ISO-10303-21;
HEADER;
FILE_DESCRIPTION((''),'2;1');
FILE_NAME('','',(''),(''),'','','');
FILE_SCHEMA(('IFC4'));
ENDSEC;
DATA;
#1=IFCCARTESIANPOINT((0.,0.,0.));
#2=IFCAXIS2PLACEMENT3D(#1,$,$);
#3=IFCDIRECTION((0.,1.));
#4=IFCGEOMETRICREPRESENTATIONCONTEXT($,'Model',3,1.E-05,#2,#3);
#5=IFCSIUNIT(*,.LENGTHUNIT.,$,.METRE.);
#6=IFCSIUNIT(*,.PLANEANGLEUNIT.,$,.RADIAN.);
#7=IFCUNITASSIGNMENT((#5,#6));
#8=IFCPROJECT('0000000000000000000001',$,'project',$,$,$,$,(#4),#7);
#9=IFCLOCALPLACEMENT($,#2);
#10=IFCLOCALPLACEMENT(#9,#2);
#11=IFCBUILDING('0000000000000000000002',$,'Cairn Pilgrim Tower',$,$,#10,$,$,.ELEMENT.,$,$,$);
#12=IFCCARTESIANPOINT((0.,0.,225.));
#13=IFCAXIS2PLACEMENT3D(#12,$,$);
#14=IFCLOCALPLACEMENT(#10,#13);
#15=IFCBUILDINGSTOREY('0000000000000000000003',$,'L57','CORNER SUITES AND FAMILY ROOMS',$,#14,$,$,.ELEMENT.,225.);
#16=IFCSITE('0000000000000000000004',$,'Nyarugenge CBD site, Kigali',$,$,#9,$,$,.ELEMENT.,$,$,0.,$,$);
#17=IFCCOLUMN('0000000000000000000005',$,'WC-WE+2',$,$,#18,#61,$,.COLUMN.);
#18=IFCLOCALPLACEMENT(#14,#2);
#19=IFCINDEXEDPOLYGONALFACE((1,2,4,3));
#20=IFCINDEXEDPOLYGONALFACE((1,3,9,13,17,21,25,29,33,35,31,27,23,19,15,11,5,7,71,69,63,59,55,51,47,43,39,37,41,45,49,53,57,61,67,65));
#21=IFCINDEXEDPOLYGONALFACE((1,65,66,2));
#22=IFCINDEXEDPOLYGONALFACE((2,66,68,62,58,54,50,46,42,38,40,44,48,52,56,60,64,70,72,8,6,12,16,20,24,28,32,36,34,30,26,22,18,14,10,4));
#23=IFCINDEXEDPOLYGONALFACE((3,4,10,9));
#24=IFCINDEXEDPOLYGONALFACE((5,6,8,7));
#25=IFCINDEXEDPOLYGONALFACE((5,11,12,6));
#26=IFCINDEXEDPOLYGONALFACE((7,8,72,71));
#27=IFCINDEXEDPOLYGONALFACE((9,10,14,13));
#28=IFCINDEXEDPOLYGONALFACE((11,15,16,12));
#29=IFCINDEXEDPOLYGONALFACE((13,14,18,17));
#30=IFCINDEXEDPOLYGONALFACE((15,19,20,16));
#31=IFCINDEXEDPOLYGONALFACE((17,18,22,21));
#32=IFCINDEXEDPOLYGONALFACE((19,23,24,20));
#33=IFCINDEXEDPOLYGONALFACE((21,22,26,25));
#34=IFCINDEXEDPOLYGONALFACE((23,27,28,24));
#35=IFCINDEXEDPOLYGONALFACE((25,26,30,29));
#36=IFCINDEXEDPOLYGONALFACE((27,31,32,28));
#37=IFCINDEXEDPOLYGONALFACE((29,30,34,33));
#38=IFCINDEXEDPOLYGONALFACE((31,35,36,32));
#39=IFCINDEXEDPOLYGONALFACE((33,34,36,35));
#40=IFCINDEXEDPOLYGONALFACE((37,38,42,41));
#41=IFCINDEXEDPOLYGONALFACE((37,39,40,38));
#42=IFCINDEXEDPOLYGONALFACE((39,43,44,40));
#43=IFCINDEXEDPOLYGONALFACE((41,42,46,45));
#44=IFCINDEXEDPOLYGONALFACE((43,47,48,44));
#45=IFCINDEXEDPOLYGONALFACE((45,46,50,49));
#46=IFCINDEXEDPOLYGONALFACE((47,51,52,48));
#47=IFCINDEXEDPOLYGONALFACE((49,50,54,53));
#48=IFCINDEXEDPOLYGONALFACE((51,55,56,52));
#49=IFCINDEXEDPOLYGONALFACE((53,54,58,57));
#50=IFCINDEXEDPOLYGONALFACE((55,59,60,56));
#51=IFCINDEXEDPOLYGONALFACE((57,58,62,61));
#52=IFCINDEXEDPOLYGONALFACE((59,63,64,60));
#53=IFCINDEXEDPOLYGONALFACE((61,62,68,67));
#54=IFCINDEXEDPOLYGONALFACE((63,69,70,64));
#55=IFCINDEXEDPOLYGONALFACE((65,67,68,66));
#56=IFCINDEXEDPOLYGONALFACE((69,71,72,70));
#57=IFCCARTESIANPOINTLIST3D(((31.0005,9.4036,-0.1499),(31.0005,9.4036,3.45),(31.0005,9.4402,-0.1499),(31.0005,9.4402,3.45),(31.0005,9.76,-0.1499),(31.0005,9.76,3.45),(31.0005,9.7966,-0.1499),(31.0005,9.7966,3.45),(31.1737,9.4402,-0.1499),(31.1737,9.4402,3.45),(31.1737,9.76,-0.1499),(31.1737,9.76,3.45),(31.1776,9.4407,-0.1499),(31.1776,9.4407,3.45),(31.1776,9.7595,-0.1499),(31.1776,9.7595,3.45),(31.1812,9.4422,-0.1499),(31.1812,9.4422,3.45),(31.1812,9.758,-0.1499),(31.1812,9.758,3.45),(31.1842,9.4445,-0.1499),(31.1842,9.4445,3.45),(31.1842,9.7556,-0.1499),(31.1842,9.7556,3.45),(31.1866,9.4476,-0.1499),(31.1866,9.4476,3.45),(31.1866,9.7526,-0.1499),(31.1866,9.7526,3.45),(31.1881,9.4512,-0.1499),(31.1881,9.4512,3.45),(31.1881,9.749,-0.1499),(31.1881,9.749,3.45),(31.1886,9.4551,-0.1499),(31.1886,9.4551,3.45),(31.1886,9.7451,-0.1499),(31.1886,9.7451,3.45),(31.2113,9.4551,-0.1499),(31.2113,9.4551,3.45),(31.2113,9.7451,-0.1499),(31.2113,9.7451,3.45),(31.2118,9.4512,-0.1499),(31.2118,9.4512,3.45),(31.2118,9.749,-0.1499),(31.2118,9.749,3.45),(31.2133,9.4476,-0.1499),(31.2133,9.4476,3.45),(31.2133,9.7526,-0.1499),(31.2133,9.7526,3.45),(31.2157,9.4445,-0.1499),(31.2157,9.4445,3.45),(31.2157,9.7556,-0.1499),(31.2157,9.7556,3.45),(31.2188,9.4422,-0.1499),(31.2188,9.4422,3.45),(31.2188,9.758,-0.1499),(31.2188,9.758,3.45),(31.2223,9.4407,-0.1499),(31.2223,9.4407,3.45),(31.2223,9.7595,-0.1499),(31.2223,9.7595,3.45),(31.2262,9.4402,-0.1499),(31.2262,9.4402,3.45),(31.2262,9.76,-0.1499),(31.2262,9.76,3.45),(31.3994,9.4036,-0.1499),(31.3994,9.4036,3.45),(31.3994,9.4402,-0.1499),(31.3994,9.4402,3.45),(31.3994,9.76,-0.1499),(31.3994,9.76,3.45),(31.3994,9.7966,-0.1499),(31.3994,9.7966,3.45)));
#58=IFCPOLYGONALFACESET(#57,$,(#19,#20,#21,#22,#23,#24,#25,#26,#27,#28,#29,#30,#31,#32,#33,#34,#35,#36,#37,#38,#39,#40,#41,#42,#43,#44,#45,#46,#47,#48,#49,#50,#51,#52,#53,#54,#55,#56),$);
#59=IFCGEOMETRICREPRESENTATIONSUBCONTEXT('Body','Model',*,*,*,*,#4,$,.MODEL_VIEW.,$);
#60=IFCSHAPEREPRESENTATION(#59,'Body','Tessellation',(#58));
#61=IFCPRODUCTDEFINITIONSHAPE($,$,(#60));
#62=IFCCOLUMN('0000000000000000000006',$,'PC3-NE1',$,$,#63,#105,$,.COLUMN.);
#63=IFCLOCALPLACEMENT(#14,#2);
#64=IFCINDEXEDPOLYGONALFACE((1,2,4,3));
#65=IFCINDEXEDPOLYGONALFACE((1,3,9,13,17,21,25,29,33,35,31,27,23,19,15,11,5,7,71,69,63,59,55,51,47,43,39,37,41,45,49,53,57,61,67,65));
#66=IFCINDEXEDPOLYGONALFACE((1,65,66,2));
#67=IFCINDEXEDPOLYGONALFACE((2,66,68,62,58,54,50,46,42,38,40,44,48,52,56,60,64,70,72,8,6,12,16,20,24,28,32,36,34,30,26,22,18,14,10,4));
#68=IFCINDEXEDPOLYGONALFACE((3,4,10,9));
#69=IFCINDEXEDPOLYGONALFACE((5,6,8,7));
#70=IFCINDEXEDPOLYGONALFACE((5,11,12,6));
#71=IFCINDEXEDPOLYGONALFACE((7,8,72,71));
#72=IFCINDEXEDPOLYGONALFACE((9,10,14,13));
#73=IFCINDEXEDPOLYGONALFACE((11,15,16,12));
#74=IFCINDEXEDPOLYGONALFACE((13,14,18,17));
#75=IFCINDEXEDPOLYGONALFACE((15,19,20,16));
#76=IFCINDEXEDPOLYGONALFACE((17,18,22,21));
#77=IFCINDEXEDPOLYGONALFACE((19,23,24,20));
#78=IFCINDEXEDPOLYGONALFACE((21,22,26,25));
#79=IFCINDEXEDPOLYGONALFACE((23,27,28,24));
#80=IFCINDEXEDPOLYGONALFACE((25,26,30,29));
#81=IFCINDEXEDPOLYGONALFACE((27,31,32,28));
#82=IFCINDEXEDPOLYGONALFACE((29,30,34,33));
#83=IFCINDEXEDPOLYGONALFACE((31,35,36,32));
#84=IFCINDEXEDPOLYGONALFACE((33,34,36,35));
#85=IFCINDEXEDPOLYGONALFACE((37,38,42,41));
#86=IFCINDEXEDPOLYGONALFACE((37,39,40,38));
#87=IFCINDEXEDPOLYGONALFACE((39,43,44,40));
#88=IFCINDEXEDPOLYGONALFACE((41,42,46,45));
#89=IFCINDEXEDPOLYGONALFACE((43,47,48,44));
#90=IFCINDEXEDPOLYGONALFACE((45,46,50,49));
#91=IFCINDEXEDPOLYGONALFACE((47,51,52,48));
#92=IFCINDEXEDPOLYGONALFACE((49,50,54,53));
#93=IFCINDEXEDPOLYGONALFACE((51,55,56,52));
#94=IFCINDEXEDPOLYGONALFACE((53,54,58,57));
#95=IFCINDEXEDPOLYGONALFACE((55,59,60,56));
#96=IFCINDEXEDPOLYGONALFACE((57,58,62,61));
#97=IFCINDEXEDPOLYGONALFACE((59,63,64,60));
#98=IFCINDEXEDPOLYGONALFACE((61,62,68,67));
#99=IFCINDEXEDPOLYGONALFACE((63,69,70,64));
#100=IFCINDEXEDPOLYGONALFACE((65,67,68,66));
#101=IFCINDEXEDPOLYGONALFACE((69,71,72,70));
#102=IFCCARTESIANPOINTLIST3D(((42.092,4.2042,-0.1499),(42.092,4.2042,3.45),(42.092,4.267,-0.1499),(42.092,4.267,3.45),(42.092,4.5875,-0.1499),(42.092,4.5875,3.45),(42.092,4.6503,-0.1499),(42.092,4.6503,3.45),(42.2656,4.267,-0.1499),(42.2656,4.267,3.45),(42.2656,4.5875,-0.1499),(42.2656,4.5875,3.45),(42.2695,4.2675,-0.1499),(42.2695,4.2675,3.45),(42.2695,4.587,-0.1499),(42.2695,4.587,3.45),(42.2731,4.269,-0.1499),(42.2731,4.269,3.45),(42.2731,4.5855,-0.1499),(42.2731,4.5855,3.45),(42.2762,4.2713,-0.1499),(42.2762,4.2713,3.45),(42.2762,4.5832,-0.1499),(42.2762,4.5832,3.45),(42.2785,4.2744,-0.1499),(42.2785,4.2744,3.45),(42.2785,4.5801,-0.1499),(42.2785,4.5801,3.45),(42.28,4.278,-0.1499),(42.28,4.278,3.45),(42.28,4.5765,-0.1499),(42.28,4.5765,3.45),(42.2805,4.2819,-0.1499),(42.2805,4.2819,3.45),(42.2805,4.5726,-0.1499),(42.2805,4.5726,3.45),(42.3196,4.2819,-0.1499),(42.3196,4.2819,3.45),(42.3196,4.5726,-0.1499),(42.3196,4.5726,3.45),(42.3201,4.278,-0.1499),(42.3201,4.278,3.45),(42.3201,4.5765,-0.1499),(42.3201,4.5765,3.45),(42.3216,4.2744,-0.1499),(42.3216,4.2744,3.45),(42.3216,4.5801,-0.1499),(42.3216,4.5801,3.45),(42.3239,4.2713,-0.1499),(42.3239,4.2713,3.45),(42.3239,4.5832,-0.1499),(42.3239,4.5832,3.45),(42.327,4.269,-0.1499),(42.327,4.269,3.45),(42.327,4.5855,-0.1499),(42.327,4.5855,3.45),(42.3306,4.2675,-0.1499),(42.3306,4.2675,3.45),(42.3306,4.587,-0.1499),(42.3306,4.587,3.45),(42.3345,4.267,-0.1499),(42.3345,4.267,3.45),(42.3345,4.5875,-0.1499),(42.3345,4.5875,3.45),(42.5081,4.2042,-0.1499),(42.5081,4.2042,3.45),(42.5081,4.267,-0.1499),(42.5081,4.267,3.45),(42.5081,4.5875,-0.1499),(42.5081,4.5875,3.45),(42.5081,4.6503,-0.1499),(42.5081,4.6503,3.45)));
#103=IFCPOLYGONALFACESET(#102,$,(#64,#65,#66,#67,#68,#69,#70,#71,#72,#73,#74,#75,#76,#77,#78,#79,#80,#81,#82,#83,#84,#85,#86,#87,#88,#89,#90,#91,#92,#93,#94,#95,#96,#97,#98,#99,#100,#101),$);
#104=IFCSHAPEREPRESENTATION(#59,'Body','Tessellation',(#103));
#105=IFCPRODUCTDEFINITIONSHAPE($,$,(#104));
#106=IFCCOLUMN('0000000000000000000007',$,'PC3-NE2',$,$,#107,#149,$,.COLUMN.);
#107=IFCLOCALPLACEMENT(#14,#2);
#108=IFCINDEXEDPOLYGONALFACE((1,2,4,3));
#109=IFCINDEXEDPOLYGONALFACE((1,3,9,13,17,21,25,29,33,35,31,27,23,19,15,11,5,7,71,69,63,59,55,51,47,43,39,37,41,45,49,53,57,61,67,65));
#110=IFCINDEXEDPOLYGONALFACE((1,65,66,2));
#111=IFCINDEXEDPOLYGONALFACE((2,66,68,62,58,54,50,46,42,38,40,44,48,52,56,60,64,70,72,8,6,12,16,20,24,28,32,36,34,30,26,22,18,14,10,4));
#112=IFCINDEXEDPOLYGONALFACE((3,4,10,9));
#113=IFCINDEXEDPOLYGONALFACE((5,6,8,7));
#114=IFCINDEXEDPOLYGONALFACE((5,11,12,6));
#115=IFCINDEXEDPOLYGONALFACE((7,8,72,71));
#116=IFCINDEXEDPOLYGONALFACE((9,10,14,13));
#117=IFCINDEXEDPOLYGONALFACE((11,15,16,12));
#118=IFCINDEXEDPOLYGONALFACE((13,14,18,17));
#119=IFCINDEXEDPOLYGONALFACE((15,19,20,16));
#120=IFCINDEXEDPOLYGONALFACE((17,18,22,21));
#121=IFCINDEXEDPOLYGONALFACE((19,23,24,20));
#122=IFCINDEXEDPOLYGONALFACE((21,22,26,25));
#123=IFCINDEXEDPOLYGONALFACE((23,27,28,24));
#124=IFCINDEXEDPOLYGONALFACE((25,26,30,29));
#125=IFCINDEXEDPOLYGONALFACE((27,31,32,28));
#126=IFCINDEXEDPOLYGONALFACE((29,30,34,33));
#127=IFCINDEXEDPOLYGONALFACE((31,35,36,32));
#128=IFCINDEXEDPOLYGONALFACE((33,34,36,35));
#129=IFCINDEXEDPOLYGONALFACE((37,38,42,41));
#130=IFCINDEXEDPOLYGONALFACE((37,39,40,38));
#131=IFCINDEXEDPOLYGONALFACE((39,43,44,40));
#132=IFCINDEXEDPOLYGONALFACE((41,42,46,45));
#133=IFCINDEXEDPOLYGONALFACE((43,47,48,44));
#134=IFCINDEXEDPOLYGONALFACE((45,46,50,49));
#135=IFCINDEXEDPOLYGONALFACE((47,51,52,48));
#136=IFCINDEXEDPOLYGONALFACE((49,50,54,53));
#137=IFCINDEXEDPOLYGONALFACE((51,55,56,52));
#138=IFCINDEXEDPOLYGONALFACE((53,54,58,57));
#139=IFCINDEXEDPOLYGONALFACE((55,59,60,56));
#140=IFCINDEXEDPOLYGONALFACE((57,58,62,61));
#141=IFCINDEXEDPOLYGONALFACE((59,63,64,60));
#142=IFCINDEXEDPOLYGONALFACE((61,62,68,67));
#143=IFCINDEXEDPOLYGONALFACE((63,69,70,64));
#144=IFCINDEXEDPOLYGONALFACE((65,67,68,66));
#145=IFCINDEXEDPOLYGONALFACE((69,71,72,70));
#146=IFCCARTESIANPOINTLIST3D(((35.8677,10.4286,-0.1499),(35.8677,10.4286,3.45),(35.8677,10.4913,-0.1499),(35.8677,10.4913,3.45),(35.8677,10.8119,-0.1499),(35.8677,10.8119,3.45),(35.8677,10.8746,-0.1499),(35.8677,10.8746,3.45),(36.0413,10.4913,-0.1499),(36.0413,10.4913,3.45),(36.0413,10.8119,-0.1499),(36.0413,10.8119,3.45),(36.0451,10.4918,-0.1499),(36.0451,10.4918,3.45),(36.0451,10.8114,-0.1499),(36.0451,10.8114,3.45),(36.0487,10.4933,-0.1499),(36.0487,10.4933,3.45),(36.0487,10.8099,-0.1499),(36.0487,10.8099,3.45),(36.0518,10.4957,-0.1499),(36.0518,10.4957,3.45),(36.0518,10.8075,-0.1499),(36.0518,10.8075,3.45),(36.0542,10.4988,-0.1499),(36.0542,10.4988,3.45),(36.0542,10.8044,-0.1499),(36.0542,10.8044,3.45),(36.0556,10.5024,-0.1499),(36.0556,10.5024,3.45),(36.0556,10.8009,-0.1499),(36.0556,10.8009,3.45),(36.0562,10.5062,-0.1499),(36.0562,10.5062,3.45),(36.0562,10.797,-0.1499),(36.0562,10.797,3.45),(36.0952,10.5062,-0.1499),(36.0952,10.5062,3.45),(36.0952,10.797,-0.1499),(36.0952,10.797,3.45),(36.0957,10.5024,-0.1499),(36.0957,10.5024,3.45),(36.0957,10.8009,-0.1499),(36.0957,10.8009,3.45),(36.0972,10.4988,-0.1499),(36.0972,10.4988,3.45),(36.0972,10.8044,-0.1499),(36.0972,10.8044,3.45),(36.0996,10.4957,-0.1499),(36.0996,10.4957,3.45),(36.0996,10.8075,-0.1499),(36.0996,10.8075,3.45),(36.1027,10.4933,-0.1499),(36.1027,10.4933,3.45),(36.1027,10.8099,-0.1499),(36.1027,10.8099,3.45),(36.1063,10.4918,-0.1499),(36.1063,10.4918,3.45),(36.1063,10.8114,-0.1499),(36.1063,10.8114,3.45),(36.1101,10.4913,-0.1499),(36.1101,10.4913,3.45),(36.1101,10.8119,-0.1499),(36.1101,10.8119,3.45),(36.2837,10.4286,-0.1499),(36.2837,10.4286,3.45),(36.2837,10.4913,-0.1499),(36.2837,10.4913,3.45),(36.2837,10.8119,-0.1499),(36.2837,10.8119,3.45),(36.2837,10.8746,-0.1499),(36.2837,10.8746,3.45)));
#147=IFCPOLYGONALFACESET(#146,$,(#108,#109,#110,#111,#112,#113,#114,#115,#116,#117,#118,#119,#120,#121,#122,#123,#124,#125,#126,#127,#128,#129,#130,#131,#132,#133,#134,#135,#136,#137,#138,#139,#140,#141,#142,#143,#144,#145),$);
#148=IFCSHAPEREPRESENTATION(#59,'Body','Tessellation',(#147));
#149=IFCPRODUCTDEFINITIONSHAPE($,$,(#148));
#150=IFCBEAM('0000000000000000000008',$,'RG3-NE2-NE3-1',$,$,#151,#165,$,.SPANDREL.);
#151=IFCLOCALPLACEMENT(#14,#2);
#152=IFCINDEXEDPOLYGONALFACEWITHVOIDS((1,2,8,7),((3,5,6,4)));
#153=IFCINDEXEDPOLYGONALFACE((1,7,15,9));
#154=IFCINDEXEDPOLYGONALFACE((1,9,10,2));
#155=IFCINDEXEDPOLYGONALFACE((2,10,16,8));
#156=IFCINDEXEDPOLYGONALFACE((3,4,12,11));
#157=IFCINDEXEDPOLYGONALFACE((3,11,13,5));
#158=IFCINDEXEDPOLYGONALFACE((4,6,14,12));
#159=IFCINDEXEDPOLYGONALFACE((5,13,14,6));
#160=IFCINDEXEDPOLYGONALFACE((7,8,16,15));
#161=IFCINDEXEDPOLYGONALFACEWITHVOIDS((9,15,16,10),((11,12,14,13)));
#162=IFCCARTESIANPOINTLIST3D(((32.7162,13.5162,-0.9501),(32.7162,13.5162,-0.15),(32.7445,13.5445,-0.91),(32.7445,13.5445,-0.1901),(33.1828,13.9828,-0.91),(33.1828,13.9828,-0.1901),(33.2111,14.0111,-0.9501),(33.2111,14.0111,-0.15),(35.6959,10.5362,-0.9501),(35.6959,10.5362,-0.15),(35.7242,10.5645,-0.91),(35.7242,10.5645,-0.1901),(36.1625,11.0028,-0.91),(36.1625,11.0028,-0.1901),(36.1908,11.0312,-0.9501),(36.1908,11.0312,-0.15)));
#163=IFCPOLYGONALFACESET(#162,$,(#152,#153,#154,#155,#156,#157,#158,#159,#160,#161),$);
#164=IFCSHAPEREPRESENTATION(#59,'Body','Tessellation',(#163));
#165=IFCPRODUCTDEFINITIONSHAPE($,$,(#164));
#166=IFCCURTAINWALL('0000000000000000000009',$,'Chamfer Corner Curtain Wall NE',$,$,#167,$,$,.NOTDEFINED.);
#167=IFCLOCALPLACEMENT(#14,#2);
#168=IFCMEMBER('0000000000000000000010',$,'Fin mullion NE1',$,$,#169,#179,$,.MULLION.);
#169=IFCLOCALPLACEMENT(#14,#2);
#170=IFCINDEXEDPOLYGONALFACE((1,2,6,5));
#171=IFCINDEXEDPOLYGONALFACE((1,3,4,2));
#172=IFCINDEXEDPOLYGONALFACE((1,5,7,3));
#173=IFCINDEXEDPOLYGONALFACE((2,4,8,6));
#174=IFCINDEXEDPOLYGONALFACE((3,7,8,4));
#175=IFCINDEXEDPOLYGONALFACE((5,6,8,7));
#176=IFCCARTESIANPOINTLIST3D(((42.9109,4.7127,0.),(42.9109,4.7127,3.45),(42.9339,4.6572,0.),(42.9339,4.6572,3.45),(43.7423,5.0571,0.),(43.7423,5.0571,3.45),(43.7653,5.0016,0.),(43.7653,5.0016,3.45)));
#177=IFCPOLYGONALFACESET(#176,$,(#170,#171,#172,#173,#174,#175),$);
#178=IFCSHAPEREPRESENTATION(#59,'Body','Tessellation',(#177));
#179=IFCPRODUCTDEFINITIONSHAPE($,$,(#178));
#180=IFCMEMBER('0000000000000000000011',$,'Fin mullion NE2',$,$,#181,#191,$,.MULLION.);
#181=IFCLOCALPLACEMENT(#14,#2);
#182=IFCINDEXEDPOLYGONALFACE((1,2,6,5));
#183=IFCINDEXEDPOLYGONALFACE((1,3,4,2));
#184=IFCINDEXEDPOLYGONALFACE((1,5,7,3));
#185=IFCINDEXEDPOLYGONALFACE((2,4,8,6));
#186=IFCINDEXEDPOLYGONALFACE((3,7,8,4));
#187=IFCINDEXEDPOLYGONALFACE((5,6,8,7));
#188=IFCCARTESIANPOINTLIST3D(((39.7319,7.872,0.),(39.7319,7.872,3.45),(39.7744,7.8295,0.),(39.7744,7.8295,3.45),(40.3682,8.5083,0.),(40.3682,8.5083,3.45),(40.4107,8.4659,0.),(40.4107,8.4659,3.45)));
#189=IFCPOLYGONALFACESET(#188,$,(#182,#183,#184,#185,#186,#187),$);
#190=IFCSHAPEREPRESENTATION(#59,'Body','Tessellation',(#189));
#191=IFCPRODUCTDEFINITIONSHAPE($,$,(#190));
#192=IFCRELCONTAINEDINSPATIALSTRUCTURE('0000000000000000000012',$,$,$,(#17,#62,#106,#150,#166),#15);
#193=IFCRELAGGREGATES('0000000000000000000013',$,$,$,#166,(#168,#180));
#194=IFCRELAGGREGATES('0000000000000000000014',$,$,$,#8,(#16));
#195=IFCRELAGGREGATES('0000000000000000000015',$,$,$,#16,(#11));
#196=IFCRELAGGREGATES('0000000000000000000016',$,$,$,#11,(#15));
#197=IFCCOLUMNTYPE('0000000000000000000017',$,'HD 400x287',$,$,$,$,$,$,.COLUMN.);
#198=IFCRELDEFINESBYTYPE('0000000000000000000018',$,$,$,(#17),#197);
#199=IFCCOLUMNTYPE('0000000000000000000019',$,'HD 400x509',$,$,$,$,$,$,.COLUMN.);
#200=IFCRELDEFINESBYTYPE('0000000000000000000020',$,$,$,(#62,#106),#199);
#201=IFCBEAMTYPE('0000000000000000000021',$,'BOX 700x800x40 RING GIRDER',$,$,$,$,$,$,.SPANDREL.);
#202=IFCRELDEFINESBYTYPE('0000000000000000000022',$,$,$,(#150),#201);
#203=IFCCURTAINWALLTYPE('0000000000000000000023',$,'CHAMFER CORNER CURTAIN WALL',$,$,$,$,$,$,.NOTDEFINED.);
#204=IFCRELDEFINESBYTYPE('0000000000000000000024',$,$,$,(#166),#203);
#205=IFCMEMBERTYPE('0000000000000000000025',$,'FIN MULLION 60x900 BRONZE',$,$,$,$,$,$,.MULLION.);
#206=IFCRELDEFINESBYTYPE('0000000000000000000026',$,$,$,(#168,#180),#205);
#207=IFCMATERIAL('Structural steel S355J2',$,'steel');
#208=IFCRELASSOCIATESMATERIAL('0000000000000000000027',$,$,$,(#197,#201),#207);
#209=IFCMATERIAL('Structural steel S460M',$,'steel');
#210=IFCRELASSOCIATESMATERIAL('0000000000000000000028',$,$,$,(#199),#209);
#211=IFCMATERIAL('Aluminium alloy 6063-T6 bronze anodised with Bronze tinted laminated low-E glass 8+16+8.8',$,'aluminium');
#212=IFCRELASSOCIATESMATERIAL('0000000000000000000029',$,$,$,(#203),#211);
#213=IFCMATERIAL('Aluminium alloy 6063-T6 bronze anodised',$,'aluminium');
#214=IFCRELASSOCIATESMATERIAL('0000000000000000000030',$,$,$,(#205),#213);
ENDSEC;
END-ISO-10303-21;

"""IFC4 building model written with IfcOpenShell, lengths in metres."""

from ifc_helpers import new_model, si_unit, direction, frame, origin, origin_2d, place, context, subcontext, project, spatial, rectangle, hollow_rectangle, i_section, extrude, material, material_profile, profile_set, type_object, element, aggregate, save


model = new_model("IFC4")

# Units and contexts
model_context = context("Model", 3, precision=1e-05, world=origin(), true_north=direction((0.0, 1.0)))
body_context = subcontext(model_context, "Body", "Model", "MODEL_VIEW")
ifc_project = project(units=[si_unit("LENGTHUNIT", "METRE"), si_unit("PLANEANGLEUNIT", "RADIAN")], contexts=[model_context])

# Site, building, storey
site_placement = place(None, origin())
site = spatial("IfcSite", under=ifc_project, at=site_placement, Name="Nyarugenge CBD site, Kigali", CompositionType="ELEMENT", RefElevation=0.0)
building_placement = place(site_placement, origin())
building = spatial("IfcBuilding", under=site, at=building_placement, Name="Cairn Pilgrim Tower", CompositionType="ELEMENT")
storey_placement = place(building_placement, frame((0.0, 0.0, 225.0)))
storey = spatial("IfcBuildingStorey", under=building, at=storey_placement, Name="L57", Description="CORNER SUITES AND FAMILY ROOMS", CompositionType="ELEMENT", Elevation=225.0)

# Columns
ifc_material_1 = material(Name="Structural steel S355J2", Category="steel")
ifc_material_profile_1 = material_profile(ifc_material_1, i_section(OverallWidth=0.3989, OverallDepth=0.3931, WebThickness=0.0227, FlangeThickness=0.0366, FilletRadius=0.0149, at=origin_2d()), Name="HD 400x287")
ifc_profile_set_1 = profile_set([ifc_material_profile_1], Name="Structural steel S355J2")
column_type_1 = type_object("IfcColumnType", Name="HD 400x287", PredefinedType="COLUMN", material=ifc_profile_set_1)
column_placement = place(storey_placement, frame((31.2, 9.6001, -0.1499), z_axis=(0.0, 0.0, 1.0), x_axis=(1.0, 0.0, 0.0)))
element("IfcColumn", 1, at=column_placement, inside=storey, type_object=column_type_1, Name="WC-WE+2", PredefinedType="COLUMN", context=body_context, shape_type="SweptSolid", body=[
    extrude(i_section(OverallWidth=0.3989, OverallDepth=0.3931, WebThickness=0.0227, FlangeThickness=0.0366, FilletRadius=0.0149, at=origin_2d()), origin(), (0.0, 0.0, 1.0), 3.5999),
])
ifc_material_2 = material(Name="Structural steel S460M", Category="steel")
ifc_material_profile_2 = material_profile(ifc_material_2, i_section(OverallWidth=0.416, OverallDepth=0.446, WebThickness=0.0391, FlangeThickness=0.0627, FilletRadius=0.0149, at=origin_2d()), Name="HD 400x509")
ifc_profile_set_2 = profile_set([ifc_material_profile_2], Name="Structural steel S460M")
column_type_2 = type_object("IfcColumnType", Name="HD 400x509", PredefinedType="COLUMN", material=ifc_profile_set_2)
for number, where, z_axis, x_axis, name in (
    (2, (42.3, 4.4272, -0.1499), (0.0, 0.0, 1.0), (1.0, 0.0, 0.0), "PC3-NE1"),
    (3, (36.0757, 10.6516, -0.1499), (0.0, 0.0, 1.0), (1.0, 0.0, 0.0), "PC3-NE2"),
):
    element("IfcColumn", number, at=place(storey_placement, frame(where, z_axis=z_axis, x_axis=x_axis)), inside=storey, type_object=column_type_2, Name=name, PredefinedType="COLUMN", context=body_context, shape_type="SweptSolid", body=[
        extrude(i_section(OverallWidth=0.416, OverallDepth=0.446, WebThickness=0.0391, FlangeThickness=0.0627, FilletRadius=0.0149, at=origin_2d()), origin(), (0.0, 0.0, 1.0), 3.5999),
    ])

# Beam
ifc_material_profile_3 = material_profile(ifc_material_1, hollow_rectangle(XDim=0.7, YDim=0.8, WallThickness=0.04, at=origin_2d()), Name="BOX 700x800x40")
ifc_profile_set_3 = profile_set([ifc_material_profile_3], Name="Structural steel S355J2")
beam_type_1 = type_object("IfcBeamType", Name="BOX 700x800x40 RING GIRDER", PredefinedType="SPANDREL", material=ifc_profile_set_3)
beam_1_placement = place(storey_placement, frame((35.9434, 10.7837, -0.55), z_axis=(-0.707078, 0.707136, 0.0), x_axis=(-0.707136, -0.707078, 0.0)))
element("IfcBeam", 4, at=beam_1_placement, inside=storey, type_object=beam_type_1, Name="RG3-NE2-NE3-1", PredefinedType="SPANDREL", context=body_context, shape_type="SweptSolid", body=[
    extrude(hollow_rectangle(XDim=0.7, YDim=0.8, WallThickness=0.04, at=origin_2d()), origin(), (0.0, 0.0, 1.0), 4.2141),
])

# Curtain wall, members
ifc_material_3 = material(Name="Aluminium alloy 6063-T6 bronze anodised with Bronze tinted laminated low-E glass 8+16+8.8", Category="aluminium")
curtain_wall_type_1 = type_object("IfcCurtainWallType", Name="CHAMFER CORNER CURTAIN WALL", PredefinedType="NOTDEFINED", material=ifc_material_3)
curtain_wall_1_placement = place(storey_placement, origin())
curtain_wall_1 = element("IfcCurtainWall", 5, at=curtain_wall_1_placement, inside=storey, type_object=curtain_wall_type_1, Name="Chamfer Corner Curtain Wall NE", PredefinedType="NOTDEFINED")
ifc_material_4 = material(Name="Aluminium alloy 6063-T6 bronze anodised", Category="aluminium")
ifc_material_profile_4 = material_profile(ifc_material_4, rectangle(XDim=0.8999, YDim=0.0601, at=origin_2d()), Name="FIN MULLION 60x900 BRONZE")
ifc_profile_set_4 = profile_set([ifc_material_profile_4], Name="Aluminium alloy 6063-T6 bronze anodised")
member_type_1 = type_object("IfcMemberType", Name="FIN MULLION 60x900 BRONZE", PredefinedType="MULLION", material=ifc_profile_set_4)
member_1_placement = place(storey_placement, frame((43.3381, 4.8572, 0.0), z_axis=(0.0, 0.0, 1.0), x_axis=(0.92388, 0.382683, 0.0)))
member_1 = element("IfcMember", 6, at=member_1_placement, type_object=member_type_1, Name="Fin mullion NE1", PredefinedType="MULLION", context=body_context, shape_type="SweptSolid", body=[
    extrude(rectangle(XDim=0.8999, YDim=0.0601, at=origin_2d()), origin(), (0.0, 0.0, 1.0), 3.45),
])
member_2_placement = place(storey_placement, frame((40.0713, 8.1689, 0.0), z_axis=(0.0, 0.0, 1.0), x_axis=(0.707107, 0.707107, 0.0)))
member_2 = element("IfcMember", 7, at=member_2_placement, type_object=member_type_1, Name="Fin mullion NE2", PredefinedType="MULLION", context=body_context, shape_type="SweptSolid", body=[
    extrude(rectangle(XDim=0.8999, YDim=0.0601, at=origin_2d()), origin(), (0.0, 0.0, 1.0), 3.45),
])

aggregate(curtain_wall_1, [member_1, member_2])

save(model, "model.ifc")
